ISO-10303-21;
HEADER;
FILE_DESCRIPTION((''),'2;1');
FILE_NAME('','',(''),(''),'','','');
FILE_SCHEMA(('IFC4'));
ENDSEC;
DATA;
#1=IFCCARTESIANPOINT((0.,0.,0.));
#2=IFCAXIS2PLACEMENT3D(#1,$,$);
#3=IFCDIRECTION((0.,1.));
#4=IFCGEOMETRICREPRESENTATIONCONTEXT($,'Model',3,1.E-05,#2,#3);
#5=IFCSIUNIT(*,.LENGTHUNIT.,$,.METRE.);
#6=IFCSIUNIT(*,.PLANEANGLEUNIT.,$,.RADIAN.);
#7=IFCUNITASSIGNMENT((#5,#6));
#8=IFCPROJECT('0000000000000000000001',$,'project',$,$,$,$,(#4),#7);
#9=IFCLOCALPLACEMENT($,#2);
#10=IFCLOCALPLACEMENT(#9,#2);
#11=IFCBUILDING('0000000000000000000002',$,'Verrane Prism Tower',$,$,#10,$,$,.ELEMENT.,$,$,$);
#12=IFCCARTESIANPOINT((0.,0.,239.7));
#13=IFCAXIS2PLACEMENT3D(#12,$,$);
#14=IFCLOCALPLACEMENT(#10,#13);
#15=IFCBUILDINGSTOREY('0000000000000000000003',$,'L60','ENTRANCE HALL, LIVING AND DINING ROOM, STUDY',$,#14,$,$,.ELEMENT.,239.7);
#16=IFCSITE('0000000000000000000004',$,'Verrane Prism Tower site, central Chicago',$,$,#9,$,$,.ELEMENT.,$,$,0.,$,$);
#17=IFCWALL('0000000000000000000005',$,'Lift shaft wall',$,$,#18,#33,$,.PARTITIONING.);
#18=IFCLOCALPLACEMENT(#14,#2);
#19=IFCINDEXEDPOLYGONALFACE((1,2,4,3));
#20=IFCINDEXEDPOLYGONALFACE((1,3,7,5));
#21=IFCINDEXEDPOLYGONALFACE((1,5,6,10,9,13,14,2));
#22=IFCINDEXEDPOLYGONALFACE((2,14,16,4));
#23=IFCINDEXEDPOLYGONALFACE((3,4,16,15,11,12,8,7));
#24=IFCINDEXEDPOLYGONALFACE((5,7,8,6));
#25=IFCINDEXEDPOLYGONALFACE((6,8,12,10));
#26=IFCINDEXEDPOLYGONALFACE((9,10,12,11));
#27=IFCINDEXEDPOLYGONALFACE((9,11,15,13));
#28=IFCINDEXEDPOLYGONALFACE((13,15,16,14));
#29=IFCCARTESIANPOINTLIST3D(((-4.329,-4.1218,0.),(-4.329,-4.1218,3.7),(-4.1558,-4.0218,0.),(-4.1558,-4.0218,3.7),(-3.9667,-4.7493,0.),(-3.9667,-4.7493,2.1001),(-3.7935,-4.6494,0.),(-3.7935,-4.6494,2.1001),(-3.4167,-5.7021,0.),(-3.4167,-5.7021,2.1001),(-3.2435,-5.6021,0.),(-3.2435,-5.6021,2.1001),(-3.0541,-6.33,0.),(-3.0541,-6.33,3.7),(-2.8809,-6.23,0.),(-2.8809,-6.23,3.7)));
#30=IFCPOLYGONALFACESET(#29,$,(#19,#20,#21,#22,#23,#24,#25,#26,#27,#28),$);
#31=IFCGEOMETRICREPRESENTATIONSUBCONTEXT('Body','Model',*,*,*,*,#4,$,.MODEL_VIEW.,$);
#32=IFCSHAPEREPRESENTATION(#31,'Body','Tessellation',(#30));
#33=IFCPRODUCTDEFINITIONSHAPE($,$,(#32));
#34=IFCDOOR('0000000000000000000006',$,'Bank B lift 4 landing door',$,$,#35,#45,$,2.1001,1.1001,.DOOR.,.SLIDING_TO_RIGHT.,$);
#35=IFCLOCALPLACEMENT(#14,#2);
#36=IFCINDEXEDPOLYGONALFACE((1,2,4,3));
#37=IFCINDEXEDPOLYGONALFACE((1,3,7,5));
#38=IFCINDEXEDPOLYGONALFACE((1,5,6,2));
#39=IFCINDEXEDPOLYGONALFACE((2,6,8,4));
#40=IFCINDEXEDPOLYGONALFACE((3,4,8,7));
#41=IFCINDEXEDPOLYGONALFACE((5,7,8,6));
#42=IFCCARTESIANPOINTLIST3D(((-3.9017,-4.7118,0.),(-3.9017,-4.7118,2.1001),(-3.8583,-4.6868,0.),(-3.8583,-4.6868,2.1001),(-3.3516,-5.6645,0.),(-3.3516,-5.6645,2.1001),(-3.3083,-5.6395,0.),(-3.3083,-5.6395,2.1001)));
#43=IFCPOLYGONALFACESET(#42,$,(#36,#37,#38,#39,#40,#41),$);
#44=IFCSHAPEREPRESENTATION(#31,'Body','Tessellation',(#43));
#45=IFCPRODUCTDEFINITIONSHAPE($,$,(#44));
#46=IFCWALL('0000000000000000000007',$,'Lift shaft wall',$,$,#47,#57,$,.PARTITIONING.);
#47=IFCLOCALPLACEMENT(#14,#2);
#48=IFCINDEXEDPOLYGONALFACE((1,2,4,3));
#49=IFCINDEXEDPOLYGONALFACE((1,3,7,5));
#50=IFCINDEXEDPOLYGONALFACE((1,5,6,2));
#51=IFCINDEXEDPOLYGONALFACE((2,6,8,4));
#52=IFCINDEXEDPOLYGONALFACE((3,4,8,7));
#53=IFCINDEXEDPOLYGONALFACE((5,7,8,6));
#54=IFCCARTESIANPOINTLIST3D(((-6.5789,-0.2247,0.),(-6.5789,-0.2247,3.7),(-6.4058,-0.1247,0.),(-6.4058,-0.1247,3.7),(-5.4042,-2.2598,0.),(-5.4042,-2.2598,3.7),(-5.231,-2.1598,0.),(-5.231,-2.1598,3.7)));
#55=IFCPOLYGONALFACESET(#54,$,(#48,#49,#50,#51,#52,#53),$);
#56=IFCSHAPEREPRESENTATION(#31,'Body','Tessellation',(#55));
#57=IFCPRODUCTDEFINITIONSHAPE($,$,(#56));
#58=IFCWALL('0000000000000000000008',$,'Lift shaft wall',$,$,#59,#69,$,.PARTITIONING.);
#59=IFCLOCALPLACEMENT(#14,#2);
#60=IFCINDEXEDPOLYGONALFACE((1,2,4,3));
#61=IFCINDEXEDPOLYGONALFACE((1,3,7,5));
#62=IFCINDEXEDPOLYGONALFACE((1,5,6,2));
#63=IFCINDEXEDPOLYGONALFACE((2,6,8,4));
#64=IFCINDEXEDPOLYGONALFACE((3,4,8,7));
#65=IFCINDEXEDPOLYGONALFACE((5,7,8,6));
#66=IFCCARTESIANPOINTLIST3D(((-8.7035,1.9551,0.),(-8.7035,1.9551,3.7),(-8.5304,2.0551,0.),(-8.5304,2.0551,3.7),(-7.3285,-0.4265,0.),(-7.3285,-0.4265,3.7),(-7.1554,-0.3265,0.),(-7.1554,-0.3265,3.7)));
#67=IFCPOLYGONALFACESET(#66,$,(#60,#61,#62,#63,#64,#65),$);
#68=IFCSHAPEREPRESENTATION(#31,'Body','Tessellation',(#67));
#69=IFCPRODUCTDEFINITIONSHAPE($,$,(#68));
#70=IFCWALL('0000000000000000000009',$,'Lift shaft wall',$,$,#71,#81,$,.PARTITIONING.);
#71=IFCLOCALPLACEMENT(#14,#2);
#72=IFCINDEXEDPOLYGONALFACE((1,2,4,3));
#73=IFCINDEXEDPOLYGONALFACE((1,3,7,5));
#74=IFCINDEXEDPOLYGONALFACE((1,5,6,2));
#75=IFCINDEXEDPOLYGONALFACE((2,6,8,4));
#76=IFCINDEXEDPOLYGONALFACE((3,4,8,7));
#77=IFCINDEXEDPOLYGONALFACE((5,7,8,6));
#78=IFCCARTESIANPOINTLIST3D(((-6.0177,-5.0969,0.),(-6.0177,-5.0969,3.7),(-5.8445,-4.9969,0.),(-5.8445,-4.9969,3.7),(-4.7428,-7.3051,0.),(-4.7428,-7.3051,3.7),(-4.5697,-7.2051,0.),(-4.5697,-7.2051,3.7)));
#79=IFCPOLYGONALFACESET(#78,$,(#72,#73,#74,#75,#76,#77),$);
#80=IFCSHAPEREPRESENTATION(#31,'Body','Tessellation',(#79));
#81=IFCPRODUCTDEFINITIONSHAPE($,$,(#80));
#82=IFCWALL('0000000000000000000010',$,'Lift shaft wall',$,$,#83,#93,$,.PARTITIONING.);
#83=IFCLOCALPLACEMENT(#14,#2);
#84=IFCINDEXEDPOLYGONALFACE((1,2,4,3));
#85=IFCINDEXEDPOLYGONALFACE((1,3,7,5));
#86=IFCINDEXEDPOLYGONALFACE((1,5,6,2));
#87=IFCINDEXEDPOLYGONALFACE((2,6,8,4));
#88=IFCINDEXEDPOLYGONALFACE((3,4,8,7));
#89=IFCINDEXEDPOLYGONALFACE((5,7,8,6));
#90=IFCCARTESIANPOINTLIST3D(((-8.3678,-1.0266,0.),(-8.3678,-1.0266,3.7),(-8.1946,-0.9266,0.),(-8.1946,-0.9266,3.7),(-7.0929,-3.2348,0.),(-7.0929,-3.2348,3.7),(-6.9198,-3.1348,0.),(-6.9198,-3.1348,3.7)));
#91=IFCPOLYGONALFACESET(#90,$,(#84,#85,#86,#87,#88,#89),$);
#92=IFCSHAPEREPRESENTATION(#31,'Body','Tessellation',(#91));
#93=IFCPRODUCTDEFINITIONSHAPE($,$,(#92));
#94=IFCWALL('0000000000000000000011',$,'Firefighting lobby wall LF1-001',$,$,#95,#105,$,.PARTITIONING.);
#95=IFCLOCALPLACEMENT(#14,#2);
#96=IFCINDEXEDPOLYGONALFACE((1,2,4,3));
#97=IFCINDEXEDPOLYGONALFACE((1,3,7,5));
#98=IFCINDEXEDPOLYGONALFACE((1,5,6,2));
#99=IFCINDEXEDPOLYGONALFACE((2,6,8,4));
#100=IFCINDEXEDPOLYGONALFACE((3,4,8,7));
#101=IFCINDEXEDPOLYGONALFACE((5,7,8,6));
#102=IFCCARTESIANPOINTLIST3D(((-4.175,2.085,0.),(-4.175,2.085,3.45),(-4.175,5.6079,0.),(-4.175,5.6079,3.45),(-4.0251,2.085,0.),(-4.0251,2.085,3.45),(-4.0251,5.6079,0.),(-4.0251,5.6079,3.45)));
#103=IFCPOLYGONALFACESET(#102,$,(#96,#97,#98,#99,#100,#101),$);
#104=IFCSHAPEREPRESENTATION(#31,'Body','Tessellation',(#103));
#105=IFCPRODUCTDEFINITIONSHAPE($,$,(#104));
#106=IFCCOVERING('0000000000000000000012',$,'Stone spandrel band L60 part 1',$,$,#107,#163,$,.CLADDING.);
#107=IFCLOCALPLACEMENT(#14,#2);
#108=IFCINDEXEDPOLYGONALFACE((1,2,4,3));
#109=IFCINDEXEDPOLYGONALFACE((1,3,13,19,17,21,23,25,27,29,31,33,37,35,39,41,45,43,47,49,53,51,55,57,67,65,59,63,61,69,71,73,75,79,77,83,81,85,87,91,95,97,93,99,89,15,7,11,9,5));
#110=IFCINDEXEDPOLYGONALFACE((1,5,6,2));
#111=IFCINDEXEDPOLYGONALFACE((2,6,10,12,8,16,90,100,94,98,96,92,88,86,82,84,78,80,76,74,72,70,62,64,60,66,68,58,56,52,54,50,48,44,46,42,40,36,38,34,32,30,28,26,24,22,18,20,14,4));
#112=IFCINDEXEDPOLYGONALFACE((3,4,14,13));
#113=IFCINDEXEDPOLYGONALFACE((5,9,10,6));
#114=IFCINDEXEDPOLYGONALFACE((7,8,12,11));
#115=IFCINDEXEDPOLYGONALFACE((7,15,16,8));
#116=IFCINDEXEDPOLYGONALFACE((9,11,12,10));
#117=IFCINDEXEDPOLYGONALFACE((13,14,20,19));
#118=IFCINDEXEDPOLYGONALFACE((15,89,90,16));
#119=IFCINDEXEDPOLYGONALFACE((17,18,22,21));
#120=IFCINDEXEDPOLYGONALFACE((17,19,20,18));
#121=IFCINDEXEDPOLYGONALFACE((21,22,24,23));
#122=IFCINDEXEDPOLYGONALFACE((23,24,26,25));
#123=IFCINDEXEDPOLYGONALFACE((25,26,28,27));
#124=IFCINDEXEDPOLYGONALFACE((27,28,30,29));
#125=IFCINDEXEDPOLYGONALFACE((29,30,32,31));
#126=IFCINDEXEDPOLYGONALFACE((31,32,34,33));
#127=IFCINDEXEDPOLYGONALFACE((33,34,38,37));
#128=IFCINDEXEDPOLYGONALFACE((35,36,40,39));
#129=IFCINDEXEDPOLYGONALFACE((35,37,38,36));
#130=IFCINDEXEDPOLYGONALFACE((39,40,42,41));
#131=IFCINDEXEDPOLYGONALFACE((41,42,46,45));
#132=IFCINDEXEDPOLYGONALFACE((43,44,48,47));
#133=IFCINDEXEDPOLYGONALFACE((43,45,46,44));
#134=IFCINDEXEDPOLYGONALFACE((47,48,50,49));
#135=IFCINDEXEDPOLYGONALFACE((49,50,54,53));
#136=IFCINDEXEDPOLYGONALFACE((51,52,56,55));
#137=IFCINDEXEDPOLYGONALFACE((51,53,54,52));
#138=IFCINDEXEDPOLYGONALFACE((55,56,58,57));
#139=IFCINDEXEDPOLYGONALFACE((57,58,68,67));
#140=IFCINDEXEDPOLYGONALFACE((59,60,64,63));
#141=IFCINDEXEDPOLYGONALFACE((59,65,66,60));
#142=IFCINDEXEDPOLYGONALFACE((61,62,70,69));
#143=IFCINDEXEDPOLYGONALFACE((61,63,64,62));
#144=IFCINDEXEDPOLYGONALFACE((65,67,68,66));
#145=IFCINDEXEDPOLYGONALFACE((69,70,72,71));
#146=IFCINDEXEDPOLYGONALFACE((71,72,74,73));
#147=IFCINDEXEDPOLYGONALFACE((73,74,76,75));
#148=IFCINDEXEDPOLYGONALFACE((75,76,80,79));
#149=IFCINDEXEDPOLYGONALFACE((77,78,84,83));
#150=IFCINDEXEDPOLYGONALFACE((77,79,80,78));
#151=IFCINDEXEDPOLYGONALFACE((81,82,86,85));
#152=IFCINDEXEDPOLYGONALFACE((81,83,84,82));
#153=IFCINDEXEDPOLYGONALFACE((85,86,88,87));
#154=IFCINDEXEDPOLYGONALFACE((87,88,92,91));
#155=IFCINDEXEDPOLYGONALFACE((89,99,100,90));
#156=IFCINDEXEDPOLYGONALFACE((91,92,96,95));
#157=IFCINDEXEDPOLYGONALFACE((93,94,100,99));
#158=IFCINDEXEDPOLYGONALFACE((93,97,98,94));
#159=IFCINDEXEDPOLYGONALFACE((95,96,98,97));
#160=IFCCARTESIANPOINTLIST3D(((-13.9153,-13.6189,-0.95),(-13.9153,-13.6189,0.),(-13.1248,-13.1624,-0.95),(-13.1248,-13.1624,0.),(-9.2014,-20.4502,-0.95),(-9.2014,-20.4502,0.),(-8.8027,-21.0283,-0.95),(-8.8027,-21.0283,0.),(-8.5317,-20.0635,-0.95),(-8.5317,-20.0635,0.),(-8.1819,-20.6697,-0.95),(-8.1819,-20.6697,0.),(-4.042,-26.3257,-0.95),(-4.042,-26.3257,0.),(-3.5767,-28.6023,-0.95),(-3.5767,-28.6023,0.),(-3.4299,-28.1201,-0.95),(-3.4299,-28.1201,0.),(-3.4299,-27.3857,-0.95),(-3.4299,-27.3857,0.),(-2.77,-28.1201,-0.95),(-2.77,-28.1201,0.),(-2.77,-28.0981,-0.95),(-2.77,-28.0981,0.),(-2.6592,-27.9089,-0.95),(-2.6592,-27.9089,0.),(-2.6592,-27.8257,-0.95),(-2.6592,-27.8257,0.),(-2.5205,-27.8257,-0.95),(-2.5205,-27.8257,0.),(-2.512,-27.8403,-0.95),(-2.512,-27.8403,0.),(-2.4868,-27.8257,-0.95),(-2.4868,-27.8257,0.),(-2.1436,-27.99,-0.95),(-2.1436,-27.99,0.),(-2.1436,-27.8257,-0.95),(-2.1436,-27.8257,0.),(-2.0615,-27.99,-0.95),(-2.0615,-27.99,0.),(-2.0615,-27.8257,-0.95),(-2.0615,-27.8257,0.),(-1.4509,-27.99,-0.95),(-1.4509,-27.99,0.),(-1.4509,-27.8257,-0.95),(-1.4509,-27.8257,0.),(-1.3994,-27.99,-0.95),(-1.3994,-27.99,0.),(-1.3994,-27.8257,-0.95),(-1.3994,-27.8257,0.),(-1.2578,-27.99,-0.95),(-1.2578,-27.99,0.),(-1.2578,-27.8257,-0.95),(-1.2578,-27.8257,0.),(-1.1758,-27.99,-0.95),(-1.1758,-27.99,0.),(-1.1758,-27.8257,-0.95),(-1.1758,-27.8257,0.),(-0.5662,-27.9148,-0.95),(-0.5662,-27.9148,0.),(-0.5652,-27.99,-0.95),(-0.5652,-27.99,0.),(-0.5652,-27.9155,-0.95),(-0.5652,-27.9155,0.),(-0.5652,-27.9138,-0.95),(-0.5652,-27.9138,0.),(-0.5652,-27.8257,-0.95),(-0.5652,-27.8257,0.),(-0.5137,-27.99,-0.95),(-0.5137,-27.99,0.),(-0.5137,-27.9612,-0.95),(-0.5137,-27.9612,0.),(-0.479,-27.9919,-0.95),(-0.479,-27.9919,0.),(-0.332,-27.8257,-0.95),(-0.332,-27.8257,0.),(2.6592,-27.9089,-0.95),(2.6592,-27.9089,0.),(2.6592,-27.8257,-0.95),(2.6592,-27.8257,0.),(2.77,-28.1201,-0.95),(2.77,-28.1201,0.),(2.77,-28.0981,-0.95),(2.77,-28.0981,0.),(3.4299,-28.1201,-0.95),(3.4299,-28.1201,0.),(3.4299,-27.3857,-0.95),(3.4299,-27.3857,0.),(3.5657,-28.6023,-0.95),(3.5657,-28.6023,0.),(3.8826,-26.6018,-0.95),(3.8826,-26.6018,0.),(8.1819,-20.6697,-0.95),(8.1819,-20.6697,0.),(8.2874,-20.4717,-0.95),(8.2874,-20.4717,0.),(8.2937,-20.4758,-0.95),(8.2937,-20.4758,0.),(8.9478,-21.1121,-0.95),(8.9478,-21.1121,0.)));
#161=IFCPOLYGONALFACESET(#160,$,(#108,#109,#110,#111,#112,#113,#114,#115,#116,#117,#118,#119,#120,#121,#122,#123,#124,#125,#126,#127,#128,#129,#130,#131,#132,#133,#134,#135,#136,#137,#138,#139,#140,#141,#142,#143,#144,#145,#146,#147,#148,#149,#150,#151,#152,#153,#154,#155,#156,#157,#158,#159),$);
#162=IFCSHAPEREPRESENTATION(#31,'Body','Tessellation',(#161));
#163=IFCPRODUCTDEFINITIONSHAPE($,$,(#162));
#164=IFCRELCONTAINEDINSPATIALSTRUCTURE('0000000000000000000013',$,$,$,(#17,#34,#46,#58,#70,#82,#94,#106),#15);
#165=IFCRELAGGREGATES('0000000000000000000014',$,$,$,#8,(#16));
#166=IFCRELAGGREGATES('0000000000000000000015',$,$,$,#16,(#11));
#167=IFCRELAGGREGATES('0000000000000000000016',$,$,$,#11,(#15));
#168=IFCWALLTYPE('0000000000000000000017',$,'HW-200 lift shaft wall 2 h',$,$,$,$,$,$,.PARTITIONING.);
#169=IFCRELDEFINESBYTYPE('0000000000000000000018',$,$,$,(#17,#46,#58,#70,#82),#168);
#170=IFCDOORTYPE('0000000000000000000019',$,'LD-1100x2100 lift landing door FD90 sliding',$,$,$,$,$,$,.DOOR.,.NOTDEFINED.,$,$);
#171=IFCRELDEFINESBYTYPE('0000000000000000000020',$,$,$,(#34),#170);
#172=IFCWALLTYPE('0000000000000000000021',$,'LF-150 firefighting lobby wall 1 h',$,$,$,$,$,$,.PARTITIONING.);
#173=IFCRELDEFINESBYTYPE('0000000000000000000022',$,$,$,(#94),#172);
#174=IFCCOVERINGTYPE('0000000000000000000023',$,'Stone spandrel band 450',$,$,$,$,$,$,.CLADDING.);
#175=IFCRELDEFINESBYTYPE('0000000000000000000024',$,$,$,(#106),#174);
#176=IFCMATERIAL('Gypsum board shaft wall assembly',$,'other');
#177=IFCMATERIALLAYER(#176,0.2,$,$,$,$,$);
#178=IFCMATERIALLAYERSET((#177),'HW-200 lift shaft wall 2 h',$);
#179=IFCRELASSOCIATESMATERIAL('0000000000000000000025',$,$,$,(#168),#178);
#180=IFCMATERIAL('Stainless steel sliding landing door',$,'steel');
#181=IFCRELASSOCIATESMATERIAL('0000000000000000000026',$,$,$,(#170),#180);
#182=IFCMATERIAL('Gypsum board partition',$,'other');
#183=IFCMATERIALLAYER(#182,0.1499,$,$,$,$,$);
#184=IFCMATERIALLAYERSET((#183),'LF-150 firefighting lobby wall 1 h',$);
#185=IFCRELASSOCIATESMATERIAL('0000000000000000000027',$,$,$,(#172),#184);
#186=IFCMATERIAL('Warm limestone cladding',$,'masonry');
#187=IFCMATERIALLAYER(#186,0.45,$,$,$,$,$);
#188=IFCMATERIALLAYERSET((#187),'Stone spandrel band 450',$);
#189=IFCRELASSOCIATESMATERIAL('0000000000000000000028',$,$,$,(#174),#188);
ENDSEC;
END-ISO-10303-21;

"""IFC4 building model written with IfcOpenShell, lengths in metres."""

from ifc_helpers import new_model, si_unit, direction, frame, frame_2d, origin, place, context, subcontext, project, spatial, polyline, rectangle, outline, extrude, material, layer, layer_set, type_object, element, fill, save


model = new_model("IFC4")

# Units and contexts
model_context = context("Model", 3, precision=1e-05, world=origin(), true_north=direction((0.0, 1.0)))
body_context = subcontext(model_context, "Body", "Model", "MODEL_VIEW")
ifc_project = project(units=[si_unit("LENGTHUNIT", "METRE"), si_unit("PLANEANGLEUNIT", "RADIAN")], contexts=[model_context])

# Site, building, storey
site_placement = place(None, origin())
site = spatial("IfcSite", under=ifc_project, at=site_placement, Name="Verrane Prism Tower site, central Chicago", CompositionType="ELEMENT", RefElevation=0.0)
building_placement = place(site_placement, origin())
building = spatial("IfcBuilding", under=site, at=building_placement, Name="Verrane Prism Tower", CompositionType="ELEMENT")
storey_placement = place(building_placement, frame((0.0, 0.0, 239.7)))
storey = spatial("IfcBuildingStorey", under=building, at=storey_placement, Name="L60", Description="ENTRANCE HALL, LIVING AND DINING ROOM, STUDY", CompositionType="ELEMENT", Elevation=239.7)

# Shared definitions
ifc_material_1 = material(Name="Gypsum board shaft wall assembly", Category="other")
ifc_layer_1 = layer(ifc_material_1, 0.2)
ifc_layer_set_1 = layer_set([ifc_layer_1], Name="HW-200 lift shaft wall 2 h")
wall_type_1 = type_object("IfcWallType", Name="HW-200 lift shaft wall 2 h", PredefinedType="PARTITIONING", material=ifc_layer_set_1)
ifc_material_2 = material(Name="Stainless steel sliding landing door", Category="steel")
door_type = type_object("IfcDoorType", Name="LD-1100x2100 lift landing door FD90 sliding", OperationType="NOTDEFINED", PredefinedType="DOOR", material=ifc_material_2)

# Wall, opening, door
wall_1_placement = place(storey_placement, frame((-2.9675, -6.28, 0.0), z_axis=(0.0, 0.0, 1.0), x_axis=(-0.49999, 0.866031, 0.0)))
wall_1 = element("IfcWall", 1, at=wall_1_placement, inside=storey, type_object=wall_type_1, Name="Lift shaft wall", PredefinedType="PARTITIONING", context=body_context, shape_type="SweptSolid", body=[
    extrude(rectangle(XDim=2.5498, YDim=0.2, at=frame_2d((1.2749, 0.0))), origin(), (0.0, 0.0, 1.0), 3.7),
])
opening_1_placement = place(wall_1_placement, frame((0.7251, 0.0, 0.0)))
opening_1 = element("IfcOpeningElement", 2, at=opening_1_placement, cuts=wall_1, PredefinedType="OPENING", context=body_context, shape_type="SweptSolid", body=[
    extrude(rectangle(XDim=1.1001, YDim=2.1001, at=frame_2d((0.55, 1.05))), frame((0.0, 0.1099, 0.0), z_axis=(0.0, -1.0, 0.0), x_axis=(1.0, 0.0, 0.0)), (0.0, 0.0, 1.0), 0.22),
])
door_1_placement = place(opening_1_placement, origin())
door_1 = element("IfcDoor", 3, at=door_1_placement, inside=storey, type_object=door_type, Name="Bank B lift 4 landing door", OperationType="SLIDING_TO_RIGHT", OverallHeight=2.1001, OverallWidth=1.1001, PredefinedType="DOOR", context=body_context, shape_type="SweptSolid", body=[
    extrude(rectangle(XDim=1.1001, YDim=2.1001, at=frame_2d((0.55, 1.05))), frame((0.0, 0.0249, 0.0), z_axis=(0.0, -1.0, 0.0), x_axis=(1.0, 0.0, 0.0)), (0.0, 0.0, 1.0), 0.05),
])
fill(opening_1, door_1)

# Walls
wall_2_placement = place(storey_placement, frame((-5.3176, -2.2097, 0.0), z_axis=(0.0, 0.0, 1.0), x_axis=(-0.499938, 0.866061, 0.0)))
element("IfcWall", 4, at=wall_2_placement, inside=storey, type_object=wall_type_1, Name="Lift shaft wall", PredefinedType="PARTITIONING", context=body_context, shape_type="SweptSolid", body=[
    extrude(rectangle(XDim=2.3499, YDim=0.2, at=frame_2d((1.1748, 0.0))), origin(), (0.0, 0.0, 1.0), 3.7),
])
wall_3_placement = place(storey_placement, frame((-7.2419, -0.3765, 0.0), z_axis=(0.0, 0.0, 1.0), x_axis=(-0.499997, 0.866027, 0.0)))
element("IfcWall", 5, at=wall_3_placement, inside=storey, type_object=wall_type_1, Name="Lift shaft wall", PredefinedType="PARTITIONING", context=body_context, shape_type="SweptSolid", body=[
    extrude(rectangle(XDim=2.75, YDim=0.2, at=frame_2d((1.375, 0.0))), origin(), (0.0, 0.0, 1.0), 3.7),
])
for number, where, z_axis, x_axis, name in (
    (6, (-4.6562, -7.2551, 0.0), (0.0, 0.0, 1.0), (-0.49999, 0.866031, 0.0), "Lift shaft wall"),
    (7, (-7.0063, -3.1848, 0.0), (0.0, 0.0, 1.0), (-0.49999, 0.866031, 0.0), "Lift shaft wall"),
):
    element("IfcWall", number, at=place(storey_placement, frame(where, z_axis=z_axis, x_axis=x_axis)), inside=storey, type_object=wall_type_1, Name=name, PredefinedType="PARTITIONING", context=body_context, shape_type="SweptSolid", body=[
        extrude(rectangle(XDim=2.5498, YDim=0.2, at=frame_2d((1.2749, 0.0))), origin(), (0.0, 0.0, 1.0), 3.7),
    ])
ifc_material_3 = material(Name="Gypsum board partition", Category="other")
ifc_layer_2 = layer(ifc_material_3, 0.1499)
ifc_layer_set_2 = layer_set([ifc_layer_2], Name="LF-150 firefighting lobby wall 1 h")
wall_type_2 = type_object("IfcWallType", Name="LF-150 firefighting lobby wall 1 h", PredefinedType="PARTITIONING", material=ifc_layer_set_2)
wall_4_placement = place(storey_placement, frame((-4.1001, 2.085, 0.0), z_axis=(0.0, 0.0, 1.0), x_axis=(0.0, 1.0, 0.0)))
element("IfcWall", 8, at=wall_4_placement, inside=storey, type_object=wall_type_2, Name="Firefighting lobby wall LF1-001", PredefinedType="PARTITIONING", context=body_context, shape_type="SweptSolid", body=[
    extrude(rectangle(XDim=3.5229, YDim=0.1499, at=frame_2d((1.7615, 0.0))), origin(), (0.0, 0.0, 1.0), 3.45),
])

# Covering
ifc_material_4 = material(Name="Warm limestone cladding", Category="masonry")
ifc_layer_3 = layer(ifc_material_4, 0.45)
ifc_layer_set_3 = layer_set([ifc_layer_3], Name="Stone spandrel band 450")
covering_type = type_object("IfcCoveringType", Name="Stone spandrel band 450", PredefinedType="CLADDING", material=ifc_layer_set_3)
covering_1_placement = place(storey_placement, frame((0.0, 0.0, -0.95)))
element("IfcCovering", 9, at=covering_1_placement, inside=storey, type_object=covering_type, Name="Stone spandrel band L60 part 1", PredefinedType="CLADDING", context=body_context, shape_type="SweptSolid", body=[
    extrude(outline(polyline([(3.5657, -28.6023), (8.9478, -21.1121), (8.1819, -20.6697), (8.2937, -20.4758), (8.2874, -20.4717), (3.8826, -26.6018), (3.4299, -27.3857), (3.4299, -28.1201), (2.77, -28.1201), (2.77, -28.0981), (2.6592, -27.9089), (2.6592, -27.8257), (-0.332, -27.8257), (-0.479, -27.9919), (-0.5137, -27.9612), (-0.5137, -27.99), (-0.5652, -27.99), (-0.5652, -27.9155), (-0.5662, -27.9148), (-0.5652, -27.9138), (-0.5652, -27.8257), (-1.1758, -27.8257), (-1.1758, -27.99), (-1.2578, -27.99), (-1.2578, -27.8257), (-1.3994, -27.8257), (-1.3994, -27.99), (-1.4509, -27.99), (-1.4509, -27.8257), (-2.0615, -27.8257), (-2.0615, -27.99), (-2.1436, -27.99), (-2.1436, -27.8257), (-2.4868, -27.8257), (-2.512, -27.8403), (-2.5205, -27.8257), (-2.6592, -27.8257), (-2.6592, -27.9089), (-2.77, -28.0981), (-2.77, -28.1201), (-3.4299, -28.1201), (-3.4299, -27.3857), (-4.042, -26.3257), (-13.1248, -13.1624), (-13.9153, -13.6189), (-9.2014, -20.4502), (-8.5317, -20.0635), (-8.1819, -20.6697), (-8.8027, -21.0283), (-3.5767, -28.6023), (3.5657, -28.6023)])), origin(), (0.0, 0.0, 1.0), 0.95),
])

save(model, "model.ifc")
